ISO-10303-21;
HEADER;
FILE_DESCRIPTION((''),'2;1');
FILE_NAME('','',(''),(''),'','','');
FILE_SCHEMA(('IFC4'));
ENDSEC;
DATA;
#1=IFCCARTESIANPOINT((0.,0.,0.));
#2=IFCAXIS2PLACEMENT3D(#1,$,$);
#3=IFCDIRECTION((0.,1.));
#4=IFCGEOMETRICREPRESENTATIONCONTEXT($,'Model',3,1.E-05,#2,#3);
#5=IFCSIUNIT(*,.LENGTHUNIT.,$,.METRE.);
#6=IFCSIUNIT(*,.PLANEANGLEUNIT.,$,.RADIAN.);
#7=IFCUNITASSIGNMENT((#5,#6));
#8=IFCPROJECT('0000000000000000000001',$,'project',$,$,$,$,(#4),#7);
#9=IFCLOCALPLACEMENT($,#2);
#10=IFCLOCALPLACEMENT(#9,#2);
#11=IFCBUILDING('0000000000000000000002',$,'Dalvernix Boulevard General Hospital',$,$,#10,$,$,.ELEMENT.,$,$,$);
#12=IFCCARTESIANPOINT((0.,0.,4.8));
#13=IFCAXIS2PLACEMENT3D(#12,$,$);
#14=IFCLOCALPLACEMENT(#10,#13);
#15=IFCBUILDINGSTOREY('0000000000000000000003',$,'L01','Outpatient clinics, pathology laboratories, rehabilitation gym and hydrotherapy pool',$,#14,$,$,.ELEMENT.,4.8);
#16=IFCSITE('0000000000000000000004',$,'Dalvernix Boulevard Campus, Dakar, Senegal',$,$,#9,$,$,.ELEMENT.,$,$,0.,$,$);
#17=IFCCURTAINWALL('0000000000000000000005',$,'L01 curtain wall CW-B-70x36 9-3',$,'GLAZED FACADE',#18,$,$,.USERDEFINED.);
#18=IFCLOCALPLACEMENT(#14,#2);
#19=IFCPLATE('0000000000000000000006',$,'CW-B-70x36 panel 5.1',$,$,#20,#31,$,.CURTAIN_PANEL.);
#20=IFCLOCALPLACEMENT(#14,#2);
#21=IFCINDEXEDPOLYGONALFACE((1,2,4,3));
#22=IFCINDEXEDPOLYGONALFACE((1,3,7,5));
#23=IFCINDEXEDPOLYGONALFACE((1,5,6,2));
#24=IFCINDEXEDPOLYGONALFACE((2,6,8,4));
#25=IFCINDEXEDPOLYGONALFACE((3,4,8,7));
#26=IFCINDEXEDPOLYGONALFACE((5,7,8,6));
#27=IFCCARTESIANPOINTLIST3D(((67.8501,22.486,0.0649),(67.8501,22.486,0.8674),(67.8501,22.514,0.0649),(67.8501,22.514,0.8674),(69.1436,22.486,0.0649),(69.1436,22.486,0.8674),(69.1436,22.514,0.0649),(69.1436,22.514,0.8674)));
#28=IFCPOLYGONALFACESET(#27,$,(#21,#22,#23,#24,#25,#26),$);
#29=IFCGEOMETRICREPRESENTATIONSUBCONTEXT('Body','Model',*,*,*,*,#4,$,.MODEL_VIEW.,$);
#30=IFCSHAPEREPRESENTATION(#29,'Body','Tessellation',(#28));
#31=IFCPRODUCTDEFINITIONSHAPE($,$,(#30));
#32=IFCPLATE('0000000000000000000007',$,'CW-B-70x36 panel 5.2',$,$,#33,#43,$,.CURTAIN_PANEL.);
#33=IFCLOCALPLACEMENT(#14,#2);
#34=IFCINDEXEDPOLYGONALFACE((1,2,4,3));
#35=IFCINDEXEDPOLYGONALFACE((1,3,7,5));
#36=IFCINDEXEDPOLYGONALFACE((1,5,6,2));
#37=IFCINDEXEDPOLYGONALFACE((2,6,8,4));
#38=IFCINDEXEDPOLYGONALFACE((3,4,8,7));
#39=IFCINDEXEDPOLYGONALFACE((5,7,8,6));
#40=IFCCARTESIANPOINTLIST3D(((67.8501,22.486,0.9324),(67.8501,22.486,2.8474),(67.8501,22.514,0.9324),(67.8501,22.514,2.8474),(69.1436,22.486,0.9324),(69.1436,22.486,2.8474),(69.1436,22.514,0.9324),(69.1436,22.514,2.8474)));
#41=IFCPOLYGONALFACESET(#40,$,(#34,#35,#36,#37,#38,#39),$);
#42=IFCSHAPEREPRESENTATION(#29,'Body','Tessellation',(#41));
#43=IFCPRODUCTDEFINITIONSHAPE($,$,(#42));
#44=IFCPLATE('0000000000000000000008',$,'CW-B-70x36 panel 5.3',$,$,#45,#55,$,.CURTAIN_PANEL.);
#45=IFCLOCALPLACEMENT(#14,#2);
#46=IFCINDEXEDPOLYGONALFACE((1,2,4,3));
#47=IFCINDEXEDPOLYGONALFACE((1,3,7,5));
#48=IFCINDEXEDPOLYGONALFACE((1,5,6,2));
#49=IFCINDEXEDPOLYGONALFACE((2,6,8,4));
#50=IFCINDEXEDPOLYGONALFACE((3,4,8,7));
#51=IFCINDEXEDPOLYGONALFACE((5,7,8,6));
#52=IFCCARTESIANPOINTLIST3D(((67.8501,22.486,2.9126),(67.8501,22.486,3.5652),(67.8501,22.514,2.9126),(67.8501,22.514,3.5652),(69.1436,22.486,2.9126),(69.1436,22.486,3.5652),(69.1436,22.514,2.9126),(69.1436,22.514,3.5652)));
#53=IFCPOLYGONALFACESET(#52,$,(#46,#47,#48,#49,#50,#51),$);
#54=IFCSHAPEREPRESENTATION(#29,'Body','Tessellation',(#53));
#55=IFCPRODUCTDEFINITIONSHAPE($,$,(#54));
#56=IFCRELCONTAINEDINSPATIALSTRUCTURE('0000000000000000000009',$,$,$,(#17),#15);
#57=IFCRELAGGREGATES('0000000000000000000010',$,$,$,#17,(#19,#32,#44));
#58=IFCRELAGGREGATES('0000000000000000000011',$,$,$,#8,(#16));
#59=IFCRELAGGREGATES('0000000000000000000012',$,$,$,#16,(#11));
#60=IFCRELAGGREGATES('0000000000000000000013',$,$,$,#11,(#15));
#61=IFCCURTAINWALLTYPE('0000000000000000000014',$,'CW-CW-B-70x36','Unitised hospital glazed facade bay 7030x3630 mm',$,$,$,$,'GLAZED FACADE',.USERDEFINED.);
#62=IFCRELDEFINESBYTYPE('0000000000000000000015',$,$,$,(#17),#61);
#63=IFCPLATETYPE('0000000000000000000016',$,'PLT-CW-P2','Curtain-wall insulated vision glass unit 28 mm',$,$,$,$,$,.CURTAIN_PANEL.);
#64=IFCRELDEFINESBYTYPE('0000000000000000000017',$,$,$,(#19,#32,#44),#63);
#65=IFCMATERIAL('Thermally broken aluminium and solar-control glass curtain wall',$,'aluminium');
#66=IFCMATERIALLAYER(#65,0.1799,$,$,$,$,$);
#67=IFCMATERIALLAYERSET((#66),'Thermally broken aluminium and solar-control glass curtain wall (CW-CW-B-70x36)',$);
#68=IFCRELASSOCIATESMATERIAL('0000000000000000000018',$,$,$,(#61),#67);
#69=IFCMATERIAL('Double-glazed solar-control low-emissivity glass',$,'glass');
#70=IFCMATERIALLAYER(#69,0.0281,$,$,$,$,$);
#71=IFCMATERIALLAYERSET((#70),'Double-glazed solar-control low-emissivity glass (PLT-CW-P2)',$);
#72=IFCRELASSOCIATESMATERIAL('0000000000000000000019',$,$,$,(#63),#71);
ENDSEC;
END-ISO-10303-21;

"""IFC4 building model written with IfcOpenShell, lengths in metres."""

from ifc_helpers import new_model, si_unit, direction, frame, origin, origin_2d, place, context, subcontext, project, spatial, rectangle, extrude, material, layer, layer_set, type_object, element, aggregate, save


model = new_model("IFC4")

# Units and contexts
model_context = context("Model", 3, precision=1e-05, world=origin(), true_north=direction((0.0, 1.0)))
body_context = subcontext(model_context, "Body", "Model", "MODEL_VIEW")
ifc_project = project(units=[si_unit("LENGTHUNIT", "METRE"), si_unit("PLANEANGLEUNIT", "RADIAN")], contexts=[model_context])

# Site, building, storey
site_placement = place(None, origin())
site = spatial("IfcSite", under=ifc_project, at=site_placement, Name="Dalvernix Boulevard Campus, Dakar, Senegal", CompositionType="ELEMENT", RefElevation=0.0)
building_placement = place(site_placement, origin())
building = spatial("IfcBuilding", under=site, at=building_placement, Name="Dalvernix Boulevard General Hospital", CompositionType="ELEMENT")
storey_placement = place(building_placement, frame((0.0, 0.0, 4.8)))
storey = spatial("IfcBuildingStorey", under=building, at=storey_placement, Name="L01", Description="Outpatient clinics, pathology laboratories, rehabilitation gym and hydrotherapy pool", CompositionType="ELEMENT", Elevation=4.8)

# Curtain wall
ifc_material_1 = material(Name="Thermally broken aluminium and solar-control glass curtain wall", Category="aluminium")
ifc_layer_1 = layer(ifc_material_1, 0.1799)
ifc_layer_set_1 = layer_set([ifc_layer_1], Name="Thermally broken aluminium and solar-control glass curtain wall (CW-CW-B-70x36)")
curtain_wall_type = type_object("IfcCurtainWallType", Name="CW-CW-B-70x36", Description="Unitised hospital glazed facade bay 7030x3630 mm", ElementType="GLAZED FACADE", PredefinedType="USERDEFINED", material=ifc_layer_set_1)
curtain_wall_placement = place(storey_placement, origin())
curtain_wall = element("IfcCurtainWall", 1, at=curtain_wall_placement, inside=storey, type_object=curtain_wall_type, Name="L01 curtain wall CW-B-70x36 9-3", ObjectType="GLAZED FACADE", PredefinedType="USERDEFINED")

# Plates
ifc_material_2 = material(Name="Double-glazed solar-control low-emissivity glass", Category="glass")
ifc_layer_2 = layer(ifc_material_2, 0.0281)
ifc_layer_set_2 = layer_set([ifc_layer_2], Name="Double-glazed solar-control low-emissivity glass (PLT-CW-P2)")
plate_type = type_object("IfcPlateType", Name="PLT-CW-P2", Description="Curtain-wall insulated vision glass unit 28 mm", PredefinedType="CURTAIN_PANEL", material=ifc_layer_set_2)
plate_1_placement = place(storey_placement, frame((68.4968, 22.5, 0.0649), z_axis=(0.0, 0.0, 1.0), x_axis=(-1.0, 0.0, 0.0)))
plate_1 = element("IfcPlate", 2, at=plate_1_placement, type_object=plate_type, Name="CW-B-70x36 panel 5.1", PredefinedType="CURTAIN_PANEL", context=body_context, shape_type="SweptSolid", body=[
    extrude(rectangle(XDim=1.2935, YDim=0.0281, at=origin_2d()), origin(), (0.0, 0.0, 1.0), 0.8025),
])
plate_2_placement = place(storey_placement, frame((68.4968, 22.5, 0.9324), z_axis=(0.0, 0.0, 1.0), x_axis=(-1.0, 0.0, 0.0)))
plate_2 = element("IfcPlate", 3, at=plate_2_placement, type_object=plate_type, Name="CW-B-70x36 panel 5.2", PredefinedType="CURTAIN_PANEL", context=body_context, shape_type="SweptSolid", body=[
    extrude(rectangle(XDim=1.2935, YDim=0.0281, at=origin_2d()), origin(), (0.0, 0.0, 1.0), 1.915),
])
plate_3_placement = place(storey_placement, frame((68.4968, 22.5, 2.9126), z_axis=(0.0, 0.0, 1.0), x_axis=(-1.0, 0.0, 0.0)))
plate_3 = element("IfcPlate", 4, at=plate_3_placement, type_object=plate_type, Name="CW-B-70x36 panel 5.3", PredefinedType="CURTAIN_PANEL", context=body_context, shape_type="SweptSolid", body=[
    extrude(rectangle(XDim=1.2935, YDim=0.0281, at=origin_2d()), origin(), (0.0, 0.0, 1.0), 0.6526),
])
aggregate(curtain_wall, [plate_1, plate_2, plate_3])

save(model, "model.ifc")
